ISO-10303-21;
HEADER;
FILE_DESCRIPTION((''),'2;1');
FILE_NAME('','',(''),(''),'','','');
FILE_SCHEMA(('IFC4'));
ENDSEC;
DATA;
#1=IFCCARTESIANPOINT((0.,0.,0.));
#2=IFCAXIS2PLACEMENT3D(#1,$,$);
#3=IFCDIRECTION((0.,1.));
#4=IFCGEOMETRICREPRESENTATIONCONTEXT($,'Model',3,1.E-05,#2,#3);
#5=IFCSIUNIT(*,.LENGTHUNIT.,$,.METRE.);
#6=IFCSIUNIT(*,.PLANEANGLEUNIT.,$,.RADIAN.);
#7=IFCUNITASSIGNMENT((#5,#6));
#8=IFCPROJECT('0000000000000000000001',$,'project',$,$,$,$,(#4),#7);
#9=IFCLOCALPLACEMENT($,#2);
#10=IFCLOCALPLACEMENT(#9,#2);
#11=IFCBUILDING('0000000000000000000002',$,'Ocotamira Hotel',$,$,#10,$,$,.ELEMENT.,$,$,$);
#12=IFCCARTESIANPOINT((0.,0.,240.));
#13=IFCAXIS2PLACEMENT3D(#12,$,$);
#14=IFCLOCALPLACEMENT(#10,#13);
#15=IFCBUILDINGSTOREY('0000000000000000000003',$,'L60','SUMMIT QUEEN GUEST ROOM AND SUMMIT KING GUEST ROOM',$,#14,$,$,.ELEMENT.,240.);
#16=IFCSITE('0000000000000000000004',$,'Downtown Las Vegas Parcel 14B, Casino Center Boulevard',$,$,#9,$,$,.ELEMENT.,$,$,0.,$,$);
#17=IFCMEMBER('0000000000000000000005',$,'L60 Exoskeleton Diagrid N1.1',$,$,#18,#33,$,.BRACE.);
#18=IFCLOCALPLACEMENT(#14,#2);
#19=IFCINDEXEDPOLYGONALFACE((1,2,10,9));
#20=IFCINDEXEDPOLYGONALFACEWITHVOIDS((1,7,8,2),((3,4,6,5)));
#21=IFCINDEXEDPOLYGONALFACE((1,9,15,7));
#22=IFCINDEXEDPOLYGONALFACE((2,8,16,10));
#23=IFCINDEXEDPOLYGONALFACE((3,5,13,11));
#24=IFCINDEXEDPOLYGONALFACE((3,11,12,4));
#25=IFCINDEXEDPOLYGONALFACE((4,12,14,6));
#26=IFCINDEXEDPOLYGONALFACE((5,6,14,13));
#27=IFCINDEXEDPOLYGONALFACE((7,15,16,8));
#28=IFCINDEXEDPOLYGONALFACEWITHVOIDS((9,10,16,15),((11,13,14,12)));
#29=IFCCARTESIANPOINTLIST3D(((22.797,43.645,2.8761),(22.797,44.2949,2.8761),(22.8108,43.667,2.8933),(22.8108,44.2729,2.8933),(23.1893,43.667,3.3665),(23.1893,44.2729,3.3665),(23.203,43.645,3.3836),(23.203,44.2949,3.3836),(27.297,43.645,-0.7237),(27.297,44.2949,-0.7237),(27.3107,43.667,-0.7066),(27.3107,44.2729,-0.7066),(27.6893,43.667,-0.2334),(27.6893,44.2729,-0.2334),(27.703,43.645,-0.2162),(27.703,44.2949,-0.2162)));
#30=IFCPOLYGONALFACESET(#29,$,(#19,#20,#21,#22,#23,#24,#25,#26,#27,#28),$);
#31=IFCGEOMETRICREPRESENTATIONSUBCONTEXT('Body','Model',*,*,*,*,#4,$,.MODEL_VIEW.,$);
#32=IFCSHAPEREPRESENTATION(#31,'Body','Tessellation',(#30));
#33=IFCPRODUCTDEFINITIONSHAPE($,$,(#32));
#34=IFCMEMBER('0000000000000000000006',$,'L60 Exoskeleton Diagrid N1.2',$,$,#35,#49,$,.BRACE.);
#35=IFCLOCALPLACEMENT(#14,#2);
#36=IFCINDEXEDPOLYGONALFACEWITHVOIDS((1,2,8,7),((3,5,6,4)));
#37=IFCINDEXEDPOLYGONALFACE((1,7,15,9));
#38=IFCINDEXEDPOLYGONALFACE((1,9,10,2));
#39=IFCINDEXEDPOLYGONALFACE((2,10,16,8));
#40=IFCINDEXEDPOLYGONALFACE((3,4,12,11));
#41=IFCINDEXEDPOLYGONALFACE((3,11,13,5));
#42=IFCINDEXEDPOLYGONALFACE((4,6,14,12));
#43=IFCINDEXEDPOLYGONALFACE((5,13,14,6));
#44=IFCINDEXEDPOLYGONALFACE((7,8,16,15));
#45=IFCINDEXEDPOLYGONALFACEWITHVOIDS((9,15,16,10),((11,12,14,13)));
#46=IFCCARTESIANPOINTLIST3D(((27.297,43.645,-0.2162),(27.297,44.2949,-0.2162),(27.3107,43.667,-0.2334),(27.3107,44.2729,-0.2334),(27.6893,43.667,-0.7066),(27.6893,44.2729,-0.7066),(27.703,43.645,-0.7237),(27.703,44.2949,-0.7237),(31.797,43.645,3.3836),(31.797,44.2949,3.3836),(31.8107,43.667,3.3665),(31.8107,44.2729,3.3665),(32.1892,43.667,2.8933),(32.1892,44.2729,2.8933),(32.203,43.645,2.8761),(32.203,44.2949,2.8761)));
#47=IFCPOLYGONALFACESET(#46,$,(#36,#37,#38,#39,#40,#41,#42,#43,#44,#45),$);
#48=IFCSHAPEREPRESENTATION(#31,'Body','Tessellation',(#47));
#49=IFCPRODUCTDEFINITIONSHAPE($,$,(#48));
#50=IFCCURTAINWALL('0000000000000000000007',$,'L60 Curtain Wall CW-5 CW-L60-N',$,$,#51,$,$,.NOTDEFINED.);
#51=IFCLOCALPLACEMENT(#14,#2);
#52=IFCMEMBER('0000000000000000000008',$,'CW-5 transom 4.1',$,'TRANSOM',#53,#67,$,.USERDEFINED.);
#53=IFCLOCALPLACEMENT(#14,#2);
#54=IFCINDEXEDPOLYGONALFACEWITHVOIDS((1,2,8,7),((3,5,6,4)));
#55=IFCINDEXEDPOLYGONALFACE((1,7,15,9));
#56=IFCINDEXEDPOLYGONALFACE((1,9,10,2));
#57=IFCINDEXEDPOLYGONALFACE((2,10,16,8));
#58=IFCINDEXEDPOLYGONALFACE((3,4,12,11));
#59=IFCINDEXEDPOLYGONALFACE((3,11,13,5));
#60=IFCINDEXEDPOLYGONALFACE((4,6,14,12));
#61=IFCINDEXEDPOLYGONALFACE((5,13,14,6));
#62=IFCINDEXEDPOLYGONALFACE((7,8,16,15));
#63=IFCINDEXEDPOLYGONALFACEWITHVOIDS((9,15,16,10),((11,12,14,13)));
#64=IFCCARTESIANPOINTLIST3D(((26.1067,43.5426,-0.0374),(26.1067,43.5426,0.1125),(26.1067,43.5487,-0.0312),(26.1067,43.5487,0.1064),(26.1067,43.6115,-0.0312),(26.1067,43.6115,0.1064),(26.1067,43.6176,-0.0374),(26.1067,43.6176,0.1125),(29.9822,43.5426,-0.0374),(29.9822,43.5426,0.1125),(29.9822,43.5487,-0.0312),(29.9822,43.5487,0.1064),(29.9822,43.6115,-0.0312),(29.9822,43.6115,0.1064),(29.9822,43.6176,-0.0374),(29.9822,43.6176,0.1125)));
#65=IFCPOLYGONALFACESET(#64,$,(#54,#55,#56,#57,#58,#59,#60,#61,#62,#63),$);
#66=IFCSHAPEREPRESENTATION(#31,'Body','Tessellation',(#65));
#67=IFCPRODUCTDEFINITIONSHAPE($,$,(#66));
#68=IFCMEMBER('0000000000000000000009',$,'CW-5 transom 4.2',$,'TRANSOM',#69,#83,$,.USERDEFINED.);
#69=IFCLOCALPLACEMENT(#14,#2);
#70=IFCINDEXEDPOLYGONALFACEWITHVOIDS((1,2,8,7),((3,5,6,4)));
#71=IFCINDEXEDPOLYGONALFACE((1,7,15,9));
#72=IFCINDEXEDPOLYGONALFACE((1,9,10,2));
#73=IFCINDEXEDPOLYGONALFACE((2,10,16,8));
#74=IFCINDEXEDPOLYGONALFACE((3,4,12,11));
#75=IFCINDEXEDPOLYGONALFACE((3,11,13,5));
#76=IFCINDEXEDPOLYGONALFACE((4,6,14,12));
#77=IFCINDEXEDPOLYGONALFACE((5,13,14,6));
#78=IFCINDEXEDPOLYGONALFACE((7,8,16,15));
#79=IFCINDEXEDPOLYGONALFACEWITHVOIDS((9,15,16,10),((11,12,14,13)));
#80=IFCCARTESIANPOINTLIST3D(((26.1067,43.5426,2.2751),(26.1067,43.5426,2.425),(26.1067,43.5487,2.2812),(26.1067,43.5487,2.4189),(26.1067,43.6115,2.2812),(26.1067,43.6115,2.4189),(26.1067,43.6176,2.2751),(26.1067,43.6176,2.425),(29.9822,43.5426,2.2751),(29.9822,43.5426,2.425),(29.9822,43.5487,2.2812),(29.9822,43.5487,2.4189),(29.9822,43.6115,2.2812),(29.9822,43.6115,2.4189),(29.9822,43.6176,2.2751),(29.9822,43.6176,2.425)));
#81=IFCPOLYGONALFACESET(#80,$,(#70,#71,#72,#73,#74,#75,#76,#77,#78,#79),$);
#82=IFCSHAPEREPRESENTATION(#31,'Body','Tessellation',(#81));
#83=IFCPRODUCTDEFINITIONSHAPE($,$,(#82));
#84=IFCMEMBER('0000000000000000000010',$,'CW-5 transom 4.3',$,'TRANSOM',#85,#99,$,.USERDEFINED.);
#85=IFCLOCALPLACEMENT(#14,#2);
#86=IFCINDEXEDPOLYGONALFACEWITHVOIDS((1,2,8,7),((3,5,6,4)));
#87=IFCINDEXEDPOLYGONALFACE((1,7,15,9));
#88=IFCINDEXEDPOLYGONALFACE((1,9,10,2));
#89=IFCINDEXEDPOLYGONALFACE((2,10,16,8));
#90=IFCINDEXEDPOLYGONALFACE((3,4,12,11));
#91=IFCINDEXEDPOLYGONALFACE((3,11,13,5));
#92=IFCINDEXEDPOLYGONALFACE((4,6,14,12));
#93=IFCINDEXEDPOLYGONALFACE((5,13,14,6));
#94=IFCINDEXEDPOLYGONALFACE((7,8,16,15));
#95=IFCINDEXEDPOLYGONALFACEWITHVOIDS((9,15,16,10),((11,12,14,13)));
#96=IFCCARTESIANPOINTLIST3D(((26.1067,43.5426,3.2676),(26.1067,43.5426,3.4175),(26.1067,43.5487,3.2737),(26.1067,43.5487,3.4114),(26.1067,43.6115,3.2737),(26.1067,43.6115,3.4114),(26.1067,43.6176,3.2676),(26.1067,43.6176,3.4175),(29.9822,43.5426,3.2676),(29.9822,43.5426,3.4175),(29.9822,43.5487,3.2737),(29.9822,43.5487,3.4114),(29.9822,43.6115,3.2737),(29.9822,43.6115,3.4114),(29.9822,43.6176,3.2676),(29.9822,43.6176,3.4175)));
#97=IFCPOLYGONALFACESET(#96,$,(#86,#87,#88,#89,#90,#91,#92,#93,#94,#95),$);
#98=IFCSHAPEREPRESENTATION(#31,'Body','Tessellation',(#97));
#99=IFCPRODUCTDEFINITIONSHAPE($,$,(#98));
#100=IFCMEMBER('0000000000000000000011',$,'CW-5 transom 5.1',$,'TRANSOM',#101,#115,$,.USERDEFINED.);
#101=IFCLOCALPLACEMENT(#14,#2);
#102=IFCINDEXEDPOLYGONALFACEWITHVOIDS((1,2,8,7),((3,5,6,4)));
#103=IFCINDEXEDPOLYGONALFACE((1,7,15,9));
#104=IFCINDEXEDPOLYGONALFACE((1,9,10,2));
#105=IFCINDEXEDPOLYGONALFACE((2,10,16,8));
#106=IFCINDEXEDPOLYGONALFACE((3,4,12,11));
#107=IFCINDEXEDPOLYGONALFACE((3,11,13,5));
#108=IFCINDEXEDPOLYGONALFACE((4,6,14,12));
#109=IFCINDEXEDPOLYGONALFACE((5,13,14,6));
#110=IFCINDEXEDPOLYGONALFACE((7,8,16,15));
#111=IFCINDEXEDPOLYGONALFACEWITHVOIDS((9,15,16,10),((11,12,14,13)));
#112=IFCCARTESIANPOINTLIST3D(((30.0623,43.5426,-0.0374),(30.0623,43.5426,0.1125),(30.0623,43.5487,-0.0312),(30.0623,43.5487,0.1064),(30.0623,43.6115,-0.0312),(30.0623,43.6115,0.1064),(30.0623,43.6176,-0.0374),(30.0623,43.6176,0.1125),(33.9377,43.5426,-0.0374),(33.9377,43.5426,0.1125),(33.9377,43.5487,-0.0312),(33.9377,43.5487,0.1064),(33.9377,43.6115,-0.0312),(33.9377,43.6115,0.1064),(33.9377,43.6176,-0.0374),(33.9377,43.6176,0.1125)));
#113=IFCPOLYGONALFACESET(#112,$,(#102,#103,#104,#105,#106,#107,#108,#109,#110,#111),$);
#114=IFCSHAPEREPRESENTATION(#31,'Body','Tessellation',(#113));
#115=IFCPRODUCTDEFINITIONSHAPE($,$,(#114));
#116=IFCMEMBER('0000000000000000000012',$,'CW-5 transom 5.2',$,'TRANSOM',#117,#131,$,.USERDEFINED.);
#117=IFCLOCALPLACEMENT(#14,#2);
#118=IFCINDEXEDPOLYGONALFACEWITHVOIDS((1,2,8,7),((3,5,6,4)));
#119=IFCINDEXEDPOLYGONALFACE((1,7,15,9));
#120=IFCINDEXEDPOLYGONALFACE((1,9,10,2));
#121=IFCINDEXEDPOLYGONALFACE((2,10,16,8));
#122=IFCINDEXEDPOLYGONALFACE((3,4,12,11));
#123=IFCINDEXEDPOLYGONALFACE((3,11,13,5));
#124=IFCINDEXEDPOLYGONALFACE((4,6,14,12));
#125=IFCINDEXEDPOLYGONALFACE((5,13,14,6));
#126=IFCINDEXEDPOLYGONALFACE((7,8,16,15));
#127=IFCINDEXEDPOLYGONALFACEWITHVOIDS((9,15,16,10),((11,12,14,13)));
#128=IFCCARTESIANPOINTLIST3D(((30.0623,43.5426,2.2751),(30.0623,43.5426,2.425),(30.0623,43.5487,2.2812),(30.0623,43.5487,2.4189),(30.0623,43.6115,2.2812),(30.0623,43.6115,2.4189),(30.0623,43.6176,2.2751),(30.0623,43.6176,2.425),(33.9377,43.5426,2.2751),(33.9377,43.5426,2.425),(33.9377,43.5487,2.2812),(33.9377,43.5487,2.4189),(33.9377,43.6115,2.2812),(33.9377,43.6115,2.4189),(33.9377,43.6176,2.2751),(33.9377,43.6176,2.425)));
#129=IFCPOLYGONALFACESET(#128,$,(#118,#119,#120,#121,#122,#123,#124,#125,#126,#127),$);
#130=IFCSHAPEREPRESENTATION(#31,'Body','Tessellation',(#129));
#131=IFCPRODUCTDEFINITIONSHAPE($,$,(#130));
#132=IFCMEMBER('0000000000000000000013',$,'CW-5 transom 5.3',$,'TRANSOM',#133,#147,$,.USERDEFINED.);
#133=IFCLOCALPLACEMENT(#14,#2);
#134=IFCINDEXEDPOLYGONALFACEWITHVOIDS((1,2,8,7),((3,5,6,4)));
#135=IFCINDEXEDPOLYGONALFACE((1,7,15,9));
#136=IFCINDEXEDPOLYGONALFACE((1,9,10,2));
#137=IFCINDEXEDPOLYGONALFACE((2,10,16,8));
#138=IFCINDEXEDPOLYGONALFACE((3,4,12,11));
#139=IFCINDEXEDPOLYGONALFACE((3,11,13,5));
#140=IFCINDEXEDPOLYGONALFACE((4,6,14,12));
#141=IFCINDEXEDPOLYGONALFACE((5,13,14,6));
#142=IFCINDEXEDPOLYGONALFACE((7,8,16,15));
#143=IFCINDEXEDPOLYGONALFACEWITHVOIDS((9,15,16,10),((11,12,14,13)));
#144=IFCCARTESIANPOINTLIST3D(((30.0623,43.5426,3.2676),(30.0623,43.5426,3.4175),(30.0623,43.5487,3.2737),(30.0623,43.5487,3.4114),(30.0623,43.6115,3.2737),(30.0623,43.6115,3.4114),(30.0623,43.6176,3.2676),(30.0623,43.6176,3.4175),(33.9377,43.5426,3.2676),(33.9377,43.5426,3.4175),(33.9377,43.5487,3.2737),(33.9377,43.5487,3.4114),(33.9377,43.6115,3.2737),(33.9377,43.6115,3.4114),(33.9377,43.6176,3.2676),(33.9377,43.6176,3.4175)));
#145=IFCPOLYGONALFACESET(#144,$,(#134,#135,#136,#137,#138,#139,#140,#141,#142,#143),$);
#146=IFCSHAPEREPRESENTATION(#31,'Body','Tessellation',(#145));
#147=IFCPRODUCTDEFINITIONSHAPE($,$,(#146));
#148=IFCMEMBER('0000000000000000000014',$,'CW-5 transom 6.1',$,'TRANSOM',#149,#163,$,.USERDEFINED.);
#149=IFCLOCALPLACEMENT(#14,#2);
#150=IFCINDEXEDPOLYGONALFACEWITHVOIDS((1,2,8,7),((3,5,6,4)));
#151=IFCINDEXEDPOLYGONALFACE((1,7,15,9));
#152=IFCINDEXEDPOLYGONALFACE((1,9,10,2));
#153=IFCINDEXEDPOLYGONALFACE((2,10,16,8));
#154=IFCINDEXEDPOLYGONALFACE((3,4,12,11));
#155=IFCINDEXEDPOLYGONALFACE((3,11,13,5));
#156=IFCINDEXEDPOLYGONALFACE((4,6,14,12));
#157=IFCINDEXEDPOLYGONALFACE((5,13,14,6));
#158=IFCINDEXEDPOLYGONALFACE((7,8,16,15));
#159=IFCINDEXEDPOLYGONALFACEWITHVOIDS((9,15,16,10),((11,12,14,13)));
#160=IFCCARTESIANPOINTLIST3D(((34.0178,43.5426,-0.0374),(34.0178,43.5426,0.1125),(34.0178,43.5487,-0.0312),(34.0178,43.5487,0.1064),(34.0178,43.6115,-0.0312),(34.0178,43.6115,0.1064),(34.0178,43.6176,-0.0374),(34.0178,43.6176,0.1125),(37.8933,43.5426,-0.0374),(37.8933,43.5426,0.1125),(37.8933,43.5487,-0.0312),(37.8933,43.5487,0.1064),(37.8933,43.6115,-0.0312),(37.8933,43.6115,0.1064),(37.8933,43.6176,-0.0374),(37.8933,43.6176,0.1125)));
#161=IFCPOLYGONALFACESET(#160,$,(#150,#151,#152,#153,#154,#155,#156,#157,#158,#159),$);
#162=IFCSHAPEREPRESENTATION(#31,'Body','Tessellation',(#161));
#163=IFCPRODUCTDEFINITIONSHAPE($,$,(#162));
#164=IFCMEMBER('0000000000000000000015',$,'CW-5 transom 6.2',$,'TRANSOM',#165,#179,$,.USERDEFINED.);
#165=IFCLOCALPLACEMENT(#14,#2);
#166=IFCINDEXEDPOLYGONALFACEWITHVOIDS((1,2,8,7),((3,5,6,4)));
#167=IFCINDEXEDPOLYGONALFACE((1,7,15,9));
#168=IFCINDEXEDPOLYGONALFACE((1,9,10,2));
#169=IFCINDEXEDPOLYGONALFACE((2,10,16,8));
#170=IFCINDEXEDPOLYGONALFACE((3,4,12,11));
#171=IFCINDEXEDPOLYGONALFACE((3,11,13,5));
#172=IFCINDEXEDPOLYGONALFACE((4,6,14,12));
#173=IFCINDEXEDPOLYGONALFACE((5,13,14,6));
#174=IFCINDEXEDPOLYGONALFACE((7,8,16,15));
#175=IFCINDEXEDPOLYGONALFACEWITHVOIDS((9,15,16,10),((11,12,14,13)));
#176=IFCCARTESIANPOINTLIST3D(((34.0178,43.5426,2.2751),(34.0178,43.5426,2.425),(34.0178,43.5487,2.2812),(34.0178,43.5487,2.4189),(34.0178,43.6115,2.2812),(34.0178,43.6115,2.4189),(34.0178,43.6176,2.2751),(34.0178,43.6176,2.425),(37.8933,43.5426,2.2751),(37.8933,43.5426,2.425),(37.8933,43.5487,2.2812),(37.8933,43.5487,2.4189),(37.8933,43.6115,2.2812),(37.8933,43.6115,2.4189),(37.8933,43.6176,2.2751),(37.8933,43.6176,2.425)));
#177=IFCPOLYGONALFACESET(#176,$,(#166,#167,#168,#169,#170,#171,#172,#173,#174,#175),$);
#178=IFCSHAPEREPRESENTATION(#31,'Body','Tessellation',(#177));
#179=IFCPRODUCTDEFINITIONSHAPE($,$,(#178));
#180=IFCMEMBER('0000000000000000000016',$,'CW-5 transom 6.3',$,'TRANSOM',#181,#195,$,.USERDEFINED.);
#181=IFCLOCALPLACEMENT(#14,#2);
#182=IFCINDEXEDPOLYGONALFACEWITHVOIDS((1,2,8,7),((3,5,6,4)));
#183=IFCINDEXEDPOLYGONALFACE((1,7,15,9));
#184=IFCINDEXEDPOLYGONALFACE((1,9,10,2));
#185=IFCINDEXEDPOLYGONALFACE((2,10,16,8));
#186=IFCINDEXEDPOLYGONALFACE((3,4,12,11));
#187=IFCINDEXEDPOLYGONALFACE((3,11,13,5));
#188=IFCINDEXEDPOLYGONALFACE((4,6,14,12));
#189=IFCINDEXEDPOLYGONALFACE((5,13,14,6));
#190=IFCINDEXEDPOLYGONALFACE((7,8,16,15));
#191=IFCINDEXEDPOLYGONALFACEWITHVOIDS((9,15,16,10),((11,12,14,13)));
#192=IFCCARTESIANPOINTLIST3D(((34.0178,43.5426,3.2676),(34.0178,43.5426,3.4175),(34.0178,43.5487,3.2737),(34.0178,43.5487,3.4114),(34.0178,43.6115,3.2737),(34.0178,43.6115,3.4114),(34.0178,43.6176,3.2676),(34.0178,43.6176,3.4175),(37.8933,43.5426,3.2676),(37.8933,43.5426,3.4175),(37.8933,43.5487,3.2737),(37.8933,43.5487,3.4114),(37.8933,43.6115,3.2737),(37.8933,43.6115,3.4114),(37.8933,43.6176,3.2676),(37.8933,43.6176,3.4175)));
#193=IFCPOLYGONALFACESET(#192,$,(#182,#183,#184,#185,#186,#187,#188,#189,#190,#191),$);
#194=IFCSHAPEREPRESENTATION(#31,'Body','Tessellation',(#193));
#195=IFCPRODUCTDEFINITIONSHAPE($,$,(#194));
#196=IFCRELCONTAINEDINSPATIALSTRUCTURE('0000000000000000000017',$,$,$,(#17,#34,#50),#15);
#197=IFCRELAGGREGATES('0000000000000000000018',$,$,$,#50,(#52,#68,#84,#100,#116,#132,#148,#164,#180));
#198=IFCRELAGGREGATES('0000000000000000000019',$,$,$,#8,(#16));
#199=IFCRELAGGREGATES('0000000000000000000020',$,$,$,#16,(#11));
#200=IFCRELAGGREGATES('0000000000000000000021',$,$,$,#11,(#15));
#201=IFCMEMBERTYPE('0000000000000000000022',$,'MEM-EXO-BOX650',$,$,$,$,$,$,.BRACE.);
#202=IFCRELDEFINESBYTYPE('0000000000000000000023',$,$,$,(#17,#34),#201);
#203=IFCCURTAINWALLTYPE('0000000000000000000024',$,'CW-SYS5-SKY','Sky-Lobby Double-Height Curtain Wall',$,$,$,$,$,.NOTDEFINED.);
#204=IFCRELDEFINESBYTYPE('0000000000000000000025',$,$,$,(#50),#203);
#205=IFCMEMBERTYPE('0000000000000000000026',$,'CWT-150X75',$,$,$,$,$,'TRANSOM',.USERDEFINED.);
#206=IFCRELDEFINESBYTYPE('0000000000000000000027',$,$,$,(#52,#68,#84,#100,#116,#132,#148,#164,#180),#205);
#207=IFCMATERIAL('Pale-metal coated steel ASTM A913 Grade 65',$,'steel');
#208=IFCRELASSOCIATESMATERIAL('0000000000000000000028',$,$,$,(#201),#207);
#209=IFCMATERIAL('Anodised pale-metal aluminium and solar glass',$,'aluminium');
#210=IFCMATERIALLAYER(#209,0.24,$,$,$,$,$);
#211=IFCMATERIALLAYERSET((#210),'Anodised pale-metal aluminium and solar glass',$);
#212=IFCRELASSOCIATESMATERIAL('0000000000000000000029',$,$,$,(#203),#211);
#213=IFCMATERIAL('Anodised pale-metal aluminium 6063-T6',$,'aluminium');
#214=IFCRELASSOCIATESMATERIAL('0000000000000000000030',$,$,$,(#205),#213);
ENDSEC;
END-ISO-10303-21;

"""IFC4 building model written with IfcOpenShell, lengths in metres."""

from ifc_helpers import new_model, si_unit, direction, frame, origin, origin_2d, place, context, subcontext, project, spatial, hollow_rectangle, extrude, source, transform, mapped, material, layer, layer_set, material_profile, profile_set, type_object, element, aggregate, save


model = new_model("IFC4")

# Units and contexts
model_context = context("Model", 3, precision=1e-05, world=origin(), true_north=direction((0.0, 1.0)))
body_context = subcontext(model_context, "Body", "Model", "MODEL_VIEW")
ifc_project = project(units=[si_unit("LENGTHUNIT", "METRE"), si_unit("PLANEANGLEUNIT", "RADIAN")], contexts=[model_context])

# Site, building, storey
site_placement = place(None, origin())
site = spatial("IfcSite", under=ifc_project, at=site_placement, Name="Downtown Las Vegas Parcel 14B, Casino Center Boulevard", CompositionType="ELEMENT", RefElevation=0.0)
building_placement = place(site_placement, origin())
building = spatial("IfcBuilding", under=site, at=building_placement, Name="Ocotamira Hotel", CompositionType="ELEMENT")
storey_placement = place(building_placement, frame((0.0, 0.0, 240.0)))
storey = spatial("IfcBuildingStorey", under=building, at=storey_placement, Name="L60", Description="SUMMIT QUEEN GUEST ROOM AND SUMMIT KING GUEST ROOM", CompositionType="ELEMENT", Elevation=240.0)

# Members
ifc_material_1 = material(Name="Pale-metal coated steel ASTM A913 Grade 65", Category="steel")
ifc_material_profile_1 = material_profile(ifc_material_1, hollow_rectangle(XDim=0.6499, YDim=0.6499, WallThickness=0.022, at=origin_2d()), Name="BOX650X650X22")
ifc_profile_set_1 = profile_set([ifc_material_profile_1], Name="Pale-metal coated steel ASTM A913 Grade 65")
member_type_1 = type_object("IfcMemberType", Name="MEM-EXO-BOX650", PredefinedType="BRACE", material=ifc_profile_set_1)
shared_shape_1 = source(origin(), body_context, "Body", "SweptSolid", [
    extrude(hollow_rectangle(XDim=0.6499, YDim=0.6499, WallThickness=0.022, at=origin_2d()), origin(), (0.0, 0.0, 1.0), 5.7627),
])
for number, where, z_axis, x_axis, name in (
    (1, (27.5, 43.97, -0.47), (-0.780881, 0.0, 0.62468), (0.0, -1.0, 0.0), "L60 Exoskeleton Diagrid N1.1"),
    (2, (27.5, 43.97, -0.47), (0.780881, 0.0, 0.62468), (0.0, 1.0, 0.0), "L60 Exoskeleton Diagrid N1.2"),
):
    element("IfcMember", number, at=place(storey_placement, frame(where, z_axis=z_axis, x_axis=x_axis)), inside=storey, type_object=member_type_1, Name=name, PredefinedType="BRACE", context=body_context, shape_type="MappedRepresentation", body=[
        mapped(shared_shape_1, transform((0.0, 0.0, 0.0), scale=1.0)),
    ])

# Curtain wall, members
ifc_material_2 = material(Name="Anodised pale-metal aluminium and solar glass", Category="aluminium")
ifc_layer_1 = layer(ifc_material_2, 0.24)
ifc_layer_set_1 = layer_set([ifc_layer_1], Name="Anodised pale-metal aluminium and solar glass")
curtain_wall_type = type_object("IfcCurtainWallType", Name="CW-SYS5-SKY", Description="Sky-Lobby Double-Height Curtain Wall", PredefinedType="NOTDEFINED", material=ifc_layer_set_1)
curtain_wall_placement = place(storey_placement, origin())
curtain_wall = element("IfcCurtainWall", 3, at=curtain_wall_placement, inside=storey, type_object=curtain_wall_type, Name="L60 Curtain Wall CW-5 CW-L60-N", PredefinedType="NOTDEFINED")
ifc_material_3 = material(Name="Anodised pale-metal aluminium 6063-T6", Category="aluminium")
ifc_material_profile_2 = material_profile(ifc_material_3, hollow_rectangle(XDim=0.075, YDim=0.1499, WallThickness=0.0061, at=origin_2d()), Name="HSS150X75X6")
ifc_profile_set_2 = profile_set([ifc_material_profile_2], Name="Anodised pale-metal aluminium 6063-T6")
member_type_2 = type_object("IfcMemberType", Name="CWT-150X75", ElementType="TRANSOM", PredefinedType="USERDEFINED", material=ifc_profile_set_2)
shared_shape_2 = source(origin(), body_context, "Body", "SweptSolid", [
    extrude(hollow_rectangle(XDim=0.075, YDim=0.1499, WallThickness=0.0061, at=origin_2d()), origin(), (0.0, 0.0, 1.0), 3.8755),
])
member_1_placement = place(storey_placement, frame((26.1067, 43.5801, 0.0376), z_axis=(1.0, 0.0, 0.0), x_axis=(0.0, 1.0, 0.0)))
member_1 = element("IfcMember", 4, at=member_1_placement, type_object=member_type_2, Name="CW-5 transom 4.1", ObjectType="TRANSOM", PredefinedType="USERDEFINED", context=body_context, shape_type="MappedRepresentation", body=[
    mapped(shared_shape_2, transform((0.0, 0.0, 0.0), scale=1.0)),
])
member_2_placement = place(storey_placement, frame((26.1067, 43.5801, 2.3501), z_axis=(1.0, 0.0, 0.0), x_axis=(0.0, 1.0, 0.0)))
member_2 = element("IfcMember", 5, at=member_2_placement, type_object=member_type_2, Name="CW-5 transom 4.2", ObjectType="TRANSOM", PredefinedType="USERDEFINED", context=body_context, shape_type="MappedRepresentation", body=[
    mapped(shared_shape_2, transform((0.0, 0.0, 0.0), scale=1.0)),
])
member_3_placement = place(storey_placement, frame((26.1067, 43.5801, 3.3425), z_axis=(1.0, 0.0, 0.0), x_axis=(0.0, 1.0, 0.0)))
member_3 = element("IfcMember", 6, at=member_3_placement, type_object=member_type_2, Name="CW-5 transom 4.3", ObjectType="TRANSOM", PredefinedType="USERDEFINED", context=body_context, shape_type="MappedRepresentation", body=[
    mapped(shared_shape_2, transform((0.0, 0.0, 0.0), scale=1.0)),
])
member_4_placement = place(storey_placement, frame((30.0623, 43.5801, 0.0376), z_axis=(1.0, 0.0, 0.0), x_axis=(0.0, 1.0, 0.0)))
member_4 = element("IfcMember", 7, at=member_4_placement, type_object=member_type_2, Name="CW-5 transom 5.1", ObjectType="TRANSOM", PredefinedType="USERDEFINED", context=body_context, shape_type="MappedRepresentation", body=[
    mapped(shared_shape_2, transform((0.0, 0.0, 0.0), scale=1.0)),
])
member_5_placement = place(storey_placement, frame((30.0623, 43.5801, 2.3501), z_axis=(1.0, 0.0, 0.0), x_axis=(0.0, 1.0, 0.0)))
member_5 = element("IfcMember", 8, at=member_5_placement, type_object=member_type_2, Name="CW-5 transom 5.2", ObjectType="TRANSOM", PredefinedType="USERDEFINED", context=body_context, shape_type="MappedRepresentation", body=[
    mapped(shared_shape_2, transform((0.0, 0.0, 0.0), scale=1.0)),
])
member_6_placement = place(storey_placement, frame((30.0623, 43.5801, 3.3425), z_axis=(1.0, 0.0, 0.0), x_axis=(0.0, 1.0, 0.0)))
member_6 = element("IfcMember", 9, at=member_6_placement, type_object=member_type_2, Name="CW-5 transom 5.3", ObjectType="TRANSOM", PredefinedType="USERDEFINED", context=body_context, shape_type="MappedRepresentation", body=[
    mapped(shared_shape_2, transform((0.0, 0.0, 0.0), scale=1.0)),
])
member_7_placement = place(storey_placement, frame((34.0178, 43.5801, 0.0376), z_axis=(1.0, 0.0, 0.0), x_axis=(0.0, 1.0, 0.0)))
member_7 = element("IfcMember", 10, at=member_7_placement, type_object=member_type_2, Name="CW-5 transom 6.1", ObjectType="TRANSOM", PredefinedType="USERDEFINED", context=body_context, shape_type="MappedRepresentation", body=[
    mapped(shared_shape_2, transform((0.0, 0.0, 0.0), scale=1.0)),
])
member_8_placement = place(storey_placement, frame((34.0178, 43.5801, 2.3501), z_axis=(1.0, 0.0, 0.0), x_axis=(0.0, 1.0, 0.0)))
member_8 = element("IfcMember", 11, at=member_8_placement, type_object=member_type_2, Name="CW-5 transom 6.2", ObjectType="TRANSOM", PredefinedType="USERDEFINED", context=body_context, shape_type="MappedRepresentation", body=[
    mapped(shared_shape_2, transform((0.0, 0.0, 0.0), scale=1.0)),
])
member_9_placement = place(storey_placement, frame((34.0178, 43.5801, 3.3425), z_axis=(1.0, 0.0, 0.0), x_axis=(0.0, 1.0, 0.0)))
member_9 = element("IfcMember", 12, at=member_9_placement, type_object=member_type_2, Name="CW-5 transom 6.3", ObjectType="TRANSOM", PredefinedType="USERDEFINED", context=body_context, shape_type="MappedRepresentation", body=[
    mapped(shared_shape_2, transform((0.0, 0.0, 0.0), scale=1.0)),
])

aggregate(curtain_wall, [member_1, member_2, member_3, member_4, member_5, member_6, member_7, member_8, member_9])

save(model, "model.ifc")
